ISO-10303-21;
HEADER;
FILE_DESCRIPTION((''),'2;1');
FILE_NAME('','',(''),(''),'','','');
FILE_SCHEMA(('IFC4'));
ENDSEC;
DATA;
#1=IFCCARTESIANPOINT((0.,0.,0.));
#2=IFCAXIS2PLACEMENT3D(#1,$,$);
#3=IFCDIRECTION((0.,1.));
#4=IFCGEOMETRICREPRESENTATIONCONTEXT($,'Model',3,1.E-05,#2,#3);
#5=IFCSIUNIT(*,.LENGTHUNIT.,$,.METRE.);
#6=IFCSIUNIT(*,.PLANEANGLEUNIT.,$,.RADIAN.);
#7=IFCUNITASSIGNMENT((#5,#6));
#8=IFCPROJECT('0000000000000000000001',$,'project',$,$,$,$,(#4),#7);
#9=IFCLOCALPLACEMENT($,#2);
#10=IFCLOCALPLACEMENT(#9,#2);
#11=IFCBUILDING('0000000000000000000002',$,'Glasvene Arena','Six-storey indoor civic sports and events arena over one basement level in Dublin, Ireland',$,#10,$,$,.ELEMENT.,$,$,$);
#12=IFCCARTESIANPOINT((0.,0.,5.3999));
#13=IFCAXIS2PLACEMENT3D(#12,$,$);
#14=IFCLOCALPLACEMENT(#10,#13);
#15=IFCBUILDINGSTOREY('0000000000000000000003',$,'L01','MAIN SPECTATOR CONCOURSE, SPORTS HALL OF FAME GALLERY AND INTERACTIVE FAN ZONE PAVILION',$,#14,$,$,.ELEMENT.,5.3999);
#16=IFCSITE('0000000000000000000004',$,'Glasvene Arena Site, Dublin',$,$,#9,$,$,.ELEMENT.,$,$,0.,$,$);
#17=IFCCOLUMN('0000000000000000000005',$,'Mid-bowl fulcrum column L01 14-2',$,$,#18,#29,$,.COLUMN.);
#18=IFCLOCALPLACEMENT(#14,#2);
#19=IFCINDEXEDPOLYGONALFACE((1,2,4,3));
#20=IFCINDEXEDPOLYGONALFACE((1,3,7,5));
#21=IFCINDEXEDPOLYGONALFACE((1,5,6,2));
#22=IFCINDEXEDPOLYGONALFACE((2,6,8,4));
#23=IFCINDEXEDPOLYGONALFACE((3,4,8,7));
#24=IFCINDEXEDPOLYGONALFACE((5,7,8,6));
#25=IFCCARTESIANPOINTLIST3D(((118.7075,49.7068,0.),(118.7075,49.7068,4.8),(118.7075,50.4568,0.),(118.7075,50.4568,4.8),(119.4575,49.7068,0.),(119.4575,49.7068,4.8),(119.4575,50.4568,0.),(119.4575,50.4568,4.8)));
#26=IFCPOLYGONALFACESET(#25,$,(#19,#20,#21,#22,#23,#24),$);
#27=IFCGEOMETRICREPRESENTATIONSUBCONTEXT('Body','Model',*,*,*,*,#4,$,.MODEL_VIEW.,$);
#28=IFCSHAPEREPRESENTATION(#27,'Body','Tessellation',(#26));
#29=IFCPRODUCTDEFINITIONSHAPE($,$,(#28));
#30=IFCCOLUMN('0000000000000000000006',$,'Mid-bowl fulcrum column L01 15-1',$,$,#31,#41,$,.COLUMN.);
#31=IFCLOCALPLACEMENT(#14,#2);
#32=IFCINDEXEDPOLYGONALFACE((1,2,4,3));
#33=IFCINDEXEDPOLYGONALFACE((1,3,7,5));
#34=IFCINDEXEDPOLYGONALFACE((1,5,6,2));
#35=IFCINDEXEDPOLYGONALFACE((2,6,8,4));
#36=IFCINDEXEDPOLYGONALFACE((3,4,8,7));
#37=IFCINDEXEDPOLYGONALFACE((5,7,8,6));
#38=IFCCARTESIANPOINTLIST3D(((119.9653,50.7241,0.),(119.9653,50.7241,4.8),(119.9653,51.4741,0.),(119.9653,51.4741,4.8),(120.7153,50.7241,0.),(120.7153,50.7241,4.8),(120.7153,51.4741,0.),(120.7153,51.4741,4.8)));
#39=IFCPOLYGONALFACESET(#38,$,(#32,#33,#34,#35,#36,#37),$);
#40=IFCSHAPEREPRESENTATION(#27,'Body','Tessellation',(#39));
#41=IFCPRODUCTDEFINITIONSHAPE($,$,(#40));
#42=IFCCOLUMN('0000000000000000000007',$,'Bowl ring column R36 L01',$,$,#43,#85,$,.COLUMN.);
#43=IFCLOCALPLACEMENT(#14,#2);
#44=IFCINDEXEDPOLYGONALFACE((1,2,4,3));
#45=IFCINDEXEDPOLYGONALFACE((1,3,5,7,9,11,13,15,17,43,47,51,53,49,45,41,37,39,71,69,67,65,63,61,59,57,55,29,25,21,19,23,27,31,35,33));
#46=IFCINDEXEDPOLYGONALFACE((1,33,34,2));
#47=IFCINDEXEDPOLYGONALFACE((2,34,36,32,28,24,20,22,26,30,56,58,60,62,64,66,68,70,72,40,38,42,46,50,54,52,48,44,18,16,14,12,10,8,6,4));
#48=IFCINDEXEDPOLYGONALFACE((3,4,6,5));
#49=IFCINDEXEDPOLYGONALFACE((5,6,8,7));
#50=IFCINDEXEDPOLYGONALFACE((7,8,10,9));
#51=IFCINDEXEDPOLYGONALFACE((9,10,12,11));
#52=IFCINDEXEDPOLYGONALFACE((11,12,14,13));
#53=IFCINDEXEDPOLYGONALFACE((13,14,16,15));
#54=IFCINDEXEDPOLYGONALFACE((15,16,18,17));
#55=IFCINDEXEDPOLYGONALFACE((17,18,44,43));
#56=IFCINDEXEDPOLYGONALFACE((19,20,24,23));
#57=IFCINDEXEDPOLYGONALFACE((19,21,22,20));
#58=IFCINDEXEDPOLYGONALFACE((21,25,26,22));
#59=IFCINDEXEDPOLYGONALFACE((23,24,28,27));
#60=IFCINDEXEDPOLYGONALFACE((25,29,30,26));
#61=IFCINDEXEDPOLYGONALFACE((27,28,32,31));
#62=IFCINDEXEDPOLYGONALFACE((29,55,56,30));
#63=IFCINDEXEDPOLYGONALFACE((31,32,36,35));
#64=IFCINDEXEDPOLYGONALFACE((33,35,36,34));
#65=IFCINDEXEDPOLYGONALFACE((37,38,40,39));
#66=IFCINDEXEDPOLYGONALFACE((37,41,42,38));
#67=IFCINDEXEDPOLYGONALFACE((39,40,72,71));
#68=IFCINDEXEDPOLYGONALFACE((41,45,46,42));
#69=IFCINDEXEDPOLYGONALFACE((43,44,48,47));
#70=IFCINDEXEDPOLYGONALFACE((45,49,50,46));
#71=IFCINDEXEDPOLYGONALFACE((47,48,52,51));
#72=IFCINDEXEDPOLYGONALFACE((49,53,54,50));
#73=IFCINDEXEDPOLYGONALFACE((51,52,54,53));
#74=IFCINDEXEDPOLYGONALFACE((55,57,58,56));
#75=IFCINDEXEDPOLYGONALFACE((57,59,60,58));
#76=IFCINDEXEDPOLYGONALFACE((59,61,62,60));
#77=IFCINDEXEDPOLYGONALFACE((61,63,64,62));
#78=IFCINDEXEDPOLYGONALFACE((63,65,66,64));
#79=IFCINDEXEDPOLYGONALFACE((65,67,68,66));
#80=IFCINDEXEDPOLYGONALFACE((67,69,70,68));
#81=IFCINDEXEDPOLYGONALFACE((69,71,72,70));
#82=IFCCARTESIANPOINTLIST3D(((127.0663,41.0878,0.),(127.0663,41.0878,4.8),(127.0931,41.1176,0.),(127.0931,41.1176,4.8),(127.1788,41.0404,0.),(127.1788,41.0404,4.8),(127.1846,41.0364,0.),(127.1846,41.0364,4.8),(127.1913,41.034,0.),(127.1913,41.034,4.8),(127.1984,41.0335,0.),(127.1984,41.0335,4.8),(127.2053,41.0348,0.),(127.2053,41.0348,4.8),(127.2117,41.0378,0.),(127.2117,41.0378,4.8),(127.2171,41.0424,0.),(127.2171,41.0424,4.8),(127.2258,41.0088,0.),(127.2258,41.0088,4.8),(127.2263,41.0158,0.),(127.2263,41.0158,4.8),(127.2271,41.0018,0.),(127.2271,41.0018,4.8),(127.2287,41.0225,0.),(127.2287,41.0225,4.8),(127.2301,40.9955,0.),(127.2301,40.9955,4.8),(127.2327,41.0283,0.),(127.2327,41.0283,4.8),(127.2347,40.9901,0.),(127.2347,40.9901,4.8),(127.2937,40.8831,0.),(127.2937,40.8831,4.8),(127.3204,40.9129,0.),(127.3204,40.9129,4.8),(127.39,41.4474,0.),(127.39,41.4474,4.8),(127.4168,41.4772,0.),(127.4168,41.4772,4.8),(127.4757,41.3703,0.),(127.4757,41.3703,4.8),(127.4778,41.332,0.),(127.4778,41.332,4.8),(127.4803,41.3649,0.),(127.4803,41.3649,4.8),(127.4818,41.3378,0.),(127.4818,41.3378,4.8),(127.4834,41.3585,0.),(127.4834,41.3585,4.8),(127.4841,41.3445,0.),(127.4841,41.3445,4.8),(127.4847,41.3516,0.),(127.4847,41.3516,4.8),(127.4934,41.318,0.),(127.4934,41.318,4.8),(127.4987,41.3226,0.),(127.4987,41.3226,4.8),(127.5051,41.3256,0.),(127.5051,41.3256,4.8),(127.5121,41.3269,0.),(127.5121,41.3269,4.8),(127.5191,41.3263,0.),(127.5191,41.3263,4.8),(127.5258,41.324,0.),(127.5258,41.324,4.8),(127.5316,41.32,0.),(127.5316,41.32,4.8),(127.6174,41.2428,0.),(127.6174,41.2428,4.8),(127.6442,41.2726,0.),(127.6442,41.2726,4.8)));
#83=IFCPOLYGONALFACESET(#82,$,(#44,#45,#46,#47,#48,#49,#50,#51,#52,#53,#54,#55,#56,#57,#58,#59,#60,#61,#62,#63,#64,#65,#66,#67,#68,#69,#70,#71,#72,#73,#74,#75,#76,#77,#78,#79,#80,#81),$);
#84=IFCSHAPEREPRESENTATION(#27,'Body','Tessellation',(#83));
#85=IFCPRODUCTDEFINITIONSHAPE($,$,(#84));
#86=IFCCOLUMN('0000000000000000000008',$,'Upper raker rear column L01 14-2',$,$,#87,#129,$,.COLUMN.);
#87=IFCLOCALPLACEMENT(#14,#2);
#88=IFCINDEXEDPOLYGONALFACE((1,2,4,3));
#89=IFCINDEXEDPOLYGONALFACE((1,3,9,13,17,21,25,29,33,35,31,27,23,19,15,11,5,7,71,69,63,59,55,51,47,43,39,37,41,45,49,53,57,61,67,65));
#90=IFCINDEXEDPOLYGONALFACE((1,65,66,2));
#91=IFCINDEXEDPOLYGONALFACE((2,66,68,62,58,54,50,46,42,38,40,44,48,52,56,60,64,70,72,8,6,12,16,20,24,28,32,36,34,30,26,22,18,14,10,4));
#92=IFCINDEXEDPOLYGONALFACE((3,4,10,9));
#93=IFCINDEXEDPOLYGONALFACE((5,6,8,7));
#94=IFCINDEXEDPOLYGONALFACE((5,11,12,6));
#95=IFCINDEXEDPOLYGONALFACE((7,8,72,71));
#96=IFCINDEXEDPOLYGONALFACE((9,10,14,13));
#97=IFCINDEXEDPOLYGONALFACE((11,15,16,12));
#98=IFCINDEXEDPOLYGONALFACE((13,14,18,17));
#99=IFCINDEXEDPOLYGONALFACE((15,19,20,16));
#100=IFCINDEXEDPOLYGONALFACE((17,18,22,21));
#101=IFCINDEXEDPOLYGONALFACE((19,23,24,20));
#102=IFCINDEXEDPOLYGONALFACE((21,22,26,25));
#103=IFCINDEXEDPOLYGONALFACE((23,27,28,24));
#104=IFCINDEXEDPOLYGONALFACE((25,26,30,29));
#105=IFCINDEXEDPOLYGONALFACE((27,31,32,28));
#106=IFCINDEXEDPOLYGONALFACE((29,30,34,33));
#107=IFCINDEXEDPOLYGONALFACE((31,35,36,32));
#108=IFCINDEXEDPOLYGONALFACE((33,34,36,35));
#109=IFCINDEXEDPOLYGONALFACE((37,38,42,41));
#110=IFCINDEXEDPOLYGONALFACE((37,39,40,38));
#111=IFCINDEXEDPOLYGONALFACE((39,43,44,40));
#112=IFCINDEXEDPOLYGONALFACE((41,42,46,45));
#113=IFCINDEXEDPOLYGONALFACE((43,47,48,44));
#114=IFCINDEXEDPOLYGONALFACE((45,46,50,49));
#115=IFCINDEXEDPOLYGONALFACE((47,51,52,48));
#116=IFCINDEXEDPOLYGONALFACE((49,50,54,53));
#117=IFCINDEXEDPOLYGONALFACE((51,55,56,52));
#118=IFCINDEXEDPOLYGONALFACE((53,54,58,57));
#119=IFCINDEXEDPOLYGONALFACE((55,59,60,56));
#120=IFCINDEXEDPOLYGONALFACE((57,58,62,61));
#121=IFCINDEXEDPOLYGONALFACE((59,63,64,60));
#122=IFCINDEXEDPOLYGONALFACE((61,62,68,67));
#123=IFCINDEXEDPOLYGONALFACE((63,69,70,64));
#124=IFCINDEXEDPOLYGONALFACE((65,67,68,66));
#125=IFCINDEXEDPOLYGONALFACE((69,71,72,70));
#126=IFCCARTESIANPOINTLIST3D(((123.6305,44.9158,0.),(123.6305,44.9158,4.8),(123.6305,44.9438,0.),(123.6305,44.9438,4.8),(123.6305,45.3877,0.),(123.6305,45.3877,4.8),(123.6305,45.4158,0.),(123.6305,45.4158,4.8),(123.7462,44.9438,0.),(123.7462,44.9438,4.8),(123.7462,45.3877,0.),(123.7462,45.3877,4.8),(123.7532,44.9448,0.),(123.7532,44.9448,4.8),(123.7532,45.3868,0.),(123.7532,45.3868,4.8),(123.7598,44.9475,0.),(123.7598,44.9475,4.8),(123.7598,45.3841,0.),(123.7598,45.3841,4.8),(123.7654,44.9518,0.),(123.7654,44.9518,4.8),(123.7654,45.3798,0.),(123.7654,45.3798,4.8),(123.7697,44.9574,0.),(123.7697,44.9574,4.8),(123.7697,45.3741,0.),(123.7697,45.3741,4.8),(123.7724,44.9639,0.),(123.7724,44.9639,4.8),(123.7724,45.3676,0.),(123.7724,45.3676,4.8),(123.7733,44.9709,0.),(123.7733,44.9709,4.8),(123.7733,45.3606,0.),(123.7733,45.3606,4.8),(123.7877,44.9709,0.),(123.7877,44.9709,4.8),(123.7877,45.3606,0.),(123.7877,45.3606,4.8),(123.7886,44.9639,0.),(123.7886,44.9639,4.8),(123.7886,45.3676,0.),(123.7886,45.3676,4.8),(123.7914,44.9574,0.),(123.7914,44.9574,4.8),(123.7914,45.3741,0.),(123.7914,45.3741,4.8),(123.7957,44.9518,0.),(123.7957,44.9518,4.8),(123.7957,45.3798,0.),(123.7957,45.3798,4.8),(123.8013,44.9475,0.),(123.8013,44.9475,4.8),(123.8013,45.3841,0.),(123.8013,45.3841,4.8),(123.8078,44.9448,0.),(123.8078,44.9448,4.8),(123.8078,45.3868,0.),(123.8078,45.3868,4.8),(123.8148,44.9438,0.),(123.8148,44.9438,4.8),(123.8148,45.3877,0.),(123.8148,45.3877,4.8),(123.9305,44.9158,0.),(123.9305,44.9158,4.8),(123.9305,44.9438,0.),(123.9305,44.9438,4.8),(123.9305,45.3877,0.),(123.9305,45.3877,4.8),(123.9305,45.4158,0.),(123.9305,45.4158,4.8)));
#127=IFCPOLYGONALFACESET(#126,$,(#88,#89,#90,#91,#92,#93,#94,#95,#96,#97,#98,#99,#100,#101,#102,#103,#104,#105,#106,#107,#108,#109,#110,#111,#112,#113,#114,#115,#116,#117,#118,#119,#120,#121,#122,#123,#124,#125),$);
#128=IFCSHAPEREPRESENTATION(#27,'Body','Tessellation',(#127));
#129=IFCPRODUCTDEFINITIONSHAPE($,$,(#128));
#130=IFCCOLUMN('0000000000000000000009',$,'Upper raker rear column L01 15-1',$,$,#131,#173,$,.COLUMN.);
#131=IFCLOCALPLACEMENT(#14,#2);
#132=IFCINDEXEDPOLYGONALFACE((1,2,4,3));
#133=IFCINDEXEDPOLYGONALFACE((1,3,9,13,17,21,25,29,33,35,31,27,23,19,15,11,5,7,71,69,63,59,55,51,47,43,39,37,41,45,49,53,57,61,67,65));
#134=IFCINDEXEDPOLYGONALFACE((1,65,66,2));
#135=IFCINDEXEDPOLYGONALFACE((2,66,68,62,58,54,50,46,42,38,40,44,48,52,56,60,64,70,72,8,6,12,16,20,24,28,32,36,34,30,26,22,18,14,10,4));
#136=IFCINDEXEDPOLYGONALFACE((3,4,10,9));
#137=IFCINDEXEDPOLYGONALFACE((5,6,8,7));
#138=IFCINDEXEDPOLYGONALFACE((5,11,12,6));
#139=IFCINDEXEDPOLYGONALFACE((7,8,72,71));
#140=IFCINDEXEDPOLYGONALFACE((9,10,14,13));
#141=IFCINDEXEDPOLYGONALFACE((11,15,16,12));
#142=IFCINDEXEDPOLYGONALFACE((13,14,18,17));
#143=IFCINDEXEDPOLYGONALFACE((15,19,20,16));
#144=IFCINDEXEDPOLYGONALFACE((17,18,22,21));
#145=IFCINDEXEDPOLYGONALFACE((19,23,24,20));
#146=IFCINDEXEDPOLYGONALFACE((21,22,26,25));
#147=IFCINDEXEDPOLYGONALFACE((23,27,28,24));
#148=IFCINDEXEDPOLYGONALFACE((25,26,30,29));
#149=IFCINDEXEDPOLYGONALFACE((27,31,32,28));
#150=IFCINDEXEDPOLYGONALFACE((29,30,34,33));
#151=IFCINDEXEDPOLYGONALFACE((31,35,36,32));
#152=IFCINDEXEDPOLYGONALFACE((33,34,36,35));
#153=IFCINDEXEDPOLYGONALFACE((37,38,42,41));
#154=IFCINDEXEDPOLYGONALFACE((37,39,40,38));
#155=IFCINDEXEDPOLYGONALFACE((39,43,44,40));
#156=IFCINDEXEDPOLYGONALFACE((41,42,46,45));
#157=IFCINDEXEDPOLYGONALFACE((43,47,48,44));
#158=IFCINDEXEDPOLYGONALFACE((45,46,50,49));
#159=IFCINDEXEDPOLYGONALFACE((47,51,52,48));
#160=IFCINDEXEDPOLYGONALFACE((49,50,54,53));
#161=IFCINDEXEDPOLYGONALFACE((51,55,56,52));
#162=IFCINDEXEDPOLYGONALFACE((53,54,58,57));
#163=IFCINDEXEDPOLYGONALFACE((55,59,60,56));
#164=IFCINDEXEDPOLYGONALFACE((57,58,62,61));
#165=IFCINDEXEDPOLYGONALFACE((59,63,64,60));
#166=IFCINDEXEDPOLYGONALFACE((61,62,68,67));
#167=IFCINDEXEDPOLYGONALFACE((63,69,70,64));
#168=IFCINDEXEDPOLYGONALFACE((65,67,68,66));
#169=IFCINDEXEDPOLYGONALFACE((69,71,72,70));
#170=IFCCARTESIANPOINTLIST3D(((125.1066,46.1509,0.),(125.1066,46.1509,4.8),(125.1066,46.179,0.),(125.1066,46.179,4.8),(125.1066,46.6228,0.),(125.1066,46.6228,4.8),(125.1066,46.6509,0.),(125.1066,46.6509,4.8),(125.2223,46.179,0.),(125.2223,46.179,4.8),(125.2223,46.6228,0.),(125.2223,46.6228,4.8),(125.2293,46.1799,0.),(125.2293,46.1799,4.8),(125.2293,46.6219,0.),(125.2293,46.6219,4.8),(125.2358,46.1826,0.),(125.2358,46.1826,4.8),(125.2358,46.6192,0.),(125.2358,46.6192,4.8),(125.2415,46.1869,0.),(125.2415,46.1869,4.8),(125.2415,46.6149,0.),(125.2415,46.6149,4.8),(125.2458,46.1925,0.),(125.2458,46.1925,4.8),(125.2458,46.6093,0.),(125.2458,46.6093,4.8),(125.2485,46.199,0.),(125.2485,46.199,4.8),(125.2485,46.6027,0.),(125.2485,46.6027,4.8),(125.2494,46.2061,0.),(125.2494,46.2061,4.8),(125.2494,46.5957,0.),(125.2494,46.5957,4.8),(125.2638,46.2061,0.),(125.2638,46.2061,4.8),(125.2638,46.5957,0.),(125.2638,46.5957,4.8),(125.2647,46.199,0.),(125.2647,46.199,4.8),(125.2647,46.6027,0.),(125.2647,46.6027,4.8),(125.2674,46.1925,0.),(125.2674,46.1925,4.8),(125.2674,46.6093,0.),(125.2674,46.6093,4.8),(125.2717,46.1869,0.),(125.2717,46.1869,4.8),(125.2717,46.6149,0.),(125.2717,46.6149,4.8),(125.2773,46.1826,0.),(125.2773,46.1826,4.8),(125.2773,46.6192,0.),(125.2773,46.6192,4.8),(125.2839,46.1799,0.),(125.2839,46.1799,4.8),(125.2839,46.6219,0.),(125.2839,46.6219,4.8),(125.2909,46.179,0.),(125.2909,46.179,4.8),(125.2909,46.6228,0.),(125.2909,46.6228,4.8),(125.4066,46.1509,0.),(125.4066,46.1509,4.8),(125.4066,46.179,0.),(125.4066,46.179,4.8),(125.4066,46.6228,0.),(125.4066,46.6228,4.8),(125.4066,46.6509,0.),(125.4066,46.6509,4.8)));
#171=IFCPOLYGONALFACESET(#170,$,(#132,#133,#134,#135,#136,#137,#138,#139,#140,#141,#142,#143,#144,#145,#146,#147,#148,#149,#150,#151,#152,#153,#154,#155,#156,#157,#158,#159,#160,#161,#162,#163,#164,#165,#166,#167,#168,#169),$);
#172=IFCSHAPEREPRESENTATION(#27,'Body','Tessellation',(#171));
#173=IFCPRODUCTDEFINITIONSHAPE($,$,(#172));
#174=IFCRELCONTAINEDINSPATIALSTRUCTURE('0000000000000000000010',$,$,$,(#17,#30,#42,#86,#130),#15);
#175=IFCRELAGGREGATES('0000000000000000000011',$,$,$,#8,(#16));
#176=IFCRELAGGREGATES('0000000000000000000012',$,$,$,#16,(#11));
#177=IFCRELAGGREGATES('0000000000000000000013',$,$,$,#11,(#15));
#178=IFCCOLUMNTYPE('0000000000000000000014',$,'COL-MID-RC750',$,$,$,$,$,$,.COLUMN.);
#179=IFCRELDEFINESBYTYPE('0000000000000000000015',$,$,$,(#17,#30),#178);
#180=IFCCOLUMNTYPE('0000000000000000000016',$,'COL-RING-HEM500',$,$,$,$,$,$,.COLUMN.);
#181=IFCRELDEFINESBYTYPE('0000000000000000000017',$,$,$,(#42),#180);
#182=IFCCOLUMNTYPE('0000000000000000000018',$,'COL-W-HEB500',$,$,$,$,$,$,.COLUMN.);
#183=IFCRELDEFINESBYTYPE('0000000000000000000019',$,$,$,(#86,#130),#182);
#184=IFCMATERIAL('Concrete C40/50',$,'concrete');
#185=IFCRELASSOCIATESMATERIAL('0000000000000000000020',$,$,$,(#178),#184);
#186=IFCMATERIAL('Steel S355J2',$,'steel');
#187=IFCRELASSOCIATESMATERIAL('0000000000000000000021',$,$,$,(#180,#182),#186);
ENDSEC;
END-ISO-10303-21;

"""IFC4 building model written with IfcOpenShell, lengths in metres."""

from ifc_helpers import new_model, si_unit, direction, frame, origin, origin_2d, place, context, subcontext, project, spatial, rectangle, i_section, extrude, material, material_profile, profile_set, type_object, element, save


model = new_model("IFC4")

# Units and contexts
model_context = context("Model", 3, precision=1e-05, world=origin(), true_north=direction((0.0, 1.0)))
body_context = subcontext(model_context, "Body", "Model", "MODEL_VIEW")
ifc_project = project(units=[si_unit("LENGTHUNIT", "METRE"), si_unit("PLANEANGLEUNIT", "RADIAN")], contexts=[model_context])

# Site, building, storey
site_placement = place(None, origin())
site = spatial("IfcSite", under=ifc_project, at=site_placement, Name="Glasvene Arena Site, Dublin", CompositionType="ELEMENT", RefElevation=0.0)
building_placement = place(site_placement, origin())
building = spatial("IfcBuilding", under=site, at=building_placement, Name="Glasvene Arena", Description="Six-storey indoor civic sports and events arena over one basement level in Dublin, Ireland", CompositionType="ELEMENT")
storey_placement = place(building_placement, frame((0.0, 0.0, 5.3999)))
storey = spatial("IfcBuildingStorey", under=building, at=storey_placement, Name="L01", Description="MAIN SPECTATOR CONCOURSE, SPORTS HALL OF FAME GALLERY AND INTERACTIVE FAN ZONE PAVILION", CompositionType="ELEMENT", Elevation=5.3999)

# Columns
ifc_material_1 = material(Name="Concrete C40/50", Category="concrete")
ifc_material_profile_1 = material_profile(ifc_material_1, rectangle(XDim=0.75, YDim=0.75, at=origin_2d()), Name="RC 750x750")
ifc_profile_set_1 = profile_set([ifc_material_profile_1], Name="Concrete C40/50")
column_type_1 = type_object("IfcColumnType", Name="COL-MID-RC750", PredefinedType="COLUMN", material=ifc_profile_set_1)
for number, where, z_axis, x_axis, name in (
    (1, (119.0825, 50.0818, 0.0), (0.0, 0.0, 1.0), (1.0, 0.0, 0.0), "Mid-bowl fulcrum column L01 14-2"),
    (2, (120.3403, 51.0991, 0.0), (0.0, 0.0, 1.0), (1.0, 0.0, 0.0), "Mid-bowl fulcrum column L01 15-1"),
):
    element("IfcColumn", number, at=place(storey_placement, frame(where, z_axis=z_axis, x_axis=x_axis)), inside=storey, type_object=column_type_1, Name=name, PredefinedType="COLUMN", context=body_context, shape_type="SweptSolid", body=[
        extrude(rectangle(XDim=0.75, YDim=0.75, at=origin_2d()), origin(), (0.0, 0.0, 1.0), 4.8),
    ])
ifc_material_2 = material(Name="Steel S355J2", Category="steel")
ifc_material_profile_2 = material_profile(ifc_material_2, i_section(OverallWidth=0.3059, OverallDepth=0.5239, WebThickness=0.021, FlangeThickness=0.04, FilletRadius=0.0271, at=origin_2d()), Name="HEM 500")
ifc_profile_set_2 = profile_set([ifc_material_profile_2], Name="Steel S355J2")
column_type_2 = type_object("IfcColumnType", Name="COL-RING-HEM500", PredefinedType="COLUMN", material=ifc_profile_set_2)
column_placement = place(storey_placement, frame((127.3552, 41.1802, 0.0), z_axis=(0.0, 0.0, 1.0), x_axis=(0.743262, -0.669001, 0.0)))
element("IfcColumn", 3, at=column_placement, inside=storey, type_object=column_type_2, Name="Bowl ring column R36 L01", PredefinedType="COLUMN", context=body_context, shape_type="SweptSolid", body=[
    extrude(i_section(OverallWidth=0.3059, OverallDepth=0.5239, WebThickness=0.021, FlangeThickness=0.04, FilletRadius=0.0271, at=origin_2d()), origin(), (0.0, 0.0, 1.0), 4.8),
])
ifc_material_profile_3 = material_profile(ifc_material_2, i_section(OverallWidth=0.3, OverallDepth=0.5, WebThickness=0.0144, FlangeThickness=0.0281, FilletRadius=0.0271, at=origin_2d()), Name="HEB 500")
ifc_profile_set_3 = profile_set([ifc_material_profile_3], Name="Steel S355J2")
column_type_3 = type_object("IfcColumnType", Name="COL-W-HEB500", PredefinedType="COLUMN", material=ifc_profile_set_3)
for number, where, z_axis, x_axis, name in (
    (4, (123.7805, 45.1658, 0.0), (0.0, 0.0, 1.0), (1.0, 0.0, 0.0), "Upper raker rear column L01 14-2"),
    (5, (125.2566, 46.4009, 0.0), (0.0, 0.0, 1.0), (1.0, 0.0, 0.0), "Upper raker rear column L01 15-1"),
):
    element("IfcColumn", number, at=place(storey_placement, frame(where, z_axis=z_axis, x_axis=x_axis)), inside=storey, type_object=column_type_3, Name=name, PredefinedType="COLUMN", context=body_context, shape_type="SweptSolid", body=[
        extrude(i_section(OverallWidth=0.3, OverallDepth=0.5, WebThickness=0.0144, FlangeThickness=0.0281, FilletRadius=0.0271, at=origin_2d()), origin(), (0.0, 0.0, 1.0), 4.8),
    ])

save(model, "model.ifc")
